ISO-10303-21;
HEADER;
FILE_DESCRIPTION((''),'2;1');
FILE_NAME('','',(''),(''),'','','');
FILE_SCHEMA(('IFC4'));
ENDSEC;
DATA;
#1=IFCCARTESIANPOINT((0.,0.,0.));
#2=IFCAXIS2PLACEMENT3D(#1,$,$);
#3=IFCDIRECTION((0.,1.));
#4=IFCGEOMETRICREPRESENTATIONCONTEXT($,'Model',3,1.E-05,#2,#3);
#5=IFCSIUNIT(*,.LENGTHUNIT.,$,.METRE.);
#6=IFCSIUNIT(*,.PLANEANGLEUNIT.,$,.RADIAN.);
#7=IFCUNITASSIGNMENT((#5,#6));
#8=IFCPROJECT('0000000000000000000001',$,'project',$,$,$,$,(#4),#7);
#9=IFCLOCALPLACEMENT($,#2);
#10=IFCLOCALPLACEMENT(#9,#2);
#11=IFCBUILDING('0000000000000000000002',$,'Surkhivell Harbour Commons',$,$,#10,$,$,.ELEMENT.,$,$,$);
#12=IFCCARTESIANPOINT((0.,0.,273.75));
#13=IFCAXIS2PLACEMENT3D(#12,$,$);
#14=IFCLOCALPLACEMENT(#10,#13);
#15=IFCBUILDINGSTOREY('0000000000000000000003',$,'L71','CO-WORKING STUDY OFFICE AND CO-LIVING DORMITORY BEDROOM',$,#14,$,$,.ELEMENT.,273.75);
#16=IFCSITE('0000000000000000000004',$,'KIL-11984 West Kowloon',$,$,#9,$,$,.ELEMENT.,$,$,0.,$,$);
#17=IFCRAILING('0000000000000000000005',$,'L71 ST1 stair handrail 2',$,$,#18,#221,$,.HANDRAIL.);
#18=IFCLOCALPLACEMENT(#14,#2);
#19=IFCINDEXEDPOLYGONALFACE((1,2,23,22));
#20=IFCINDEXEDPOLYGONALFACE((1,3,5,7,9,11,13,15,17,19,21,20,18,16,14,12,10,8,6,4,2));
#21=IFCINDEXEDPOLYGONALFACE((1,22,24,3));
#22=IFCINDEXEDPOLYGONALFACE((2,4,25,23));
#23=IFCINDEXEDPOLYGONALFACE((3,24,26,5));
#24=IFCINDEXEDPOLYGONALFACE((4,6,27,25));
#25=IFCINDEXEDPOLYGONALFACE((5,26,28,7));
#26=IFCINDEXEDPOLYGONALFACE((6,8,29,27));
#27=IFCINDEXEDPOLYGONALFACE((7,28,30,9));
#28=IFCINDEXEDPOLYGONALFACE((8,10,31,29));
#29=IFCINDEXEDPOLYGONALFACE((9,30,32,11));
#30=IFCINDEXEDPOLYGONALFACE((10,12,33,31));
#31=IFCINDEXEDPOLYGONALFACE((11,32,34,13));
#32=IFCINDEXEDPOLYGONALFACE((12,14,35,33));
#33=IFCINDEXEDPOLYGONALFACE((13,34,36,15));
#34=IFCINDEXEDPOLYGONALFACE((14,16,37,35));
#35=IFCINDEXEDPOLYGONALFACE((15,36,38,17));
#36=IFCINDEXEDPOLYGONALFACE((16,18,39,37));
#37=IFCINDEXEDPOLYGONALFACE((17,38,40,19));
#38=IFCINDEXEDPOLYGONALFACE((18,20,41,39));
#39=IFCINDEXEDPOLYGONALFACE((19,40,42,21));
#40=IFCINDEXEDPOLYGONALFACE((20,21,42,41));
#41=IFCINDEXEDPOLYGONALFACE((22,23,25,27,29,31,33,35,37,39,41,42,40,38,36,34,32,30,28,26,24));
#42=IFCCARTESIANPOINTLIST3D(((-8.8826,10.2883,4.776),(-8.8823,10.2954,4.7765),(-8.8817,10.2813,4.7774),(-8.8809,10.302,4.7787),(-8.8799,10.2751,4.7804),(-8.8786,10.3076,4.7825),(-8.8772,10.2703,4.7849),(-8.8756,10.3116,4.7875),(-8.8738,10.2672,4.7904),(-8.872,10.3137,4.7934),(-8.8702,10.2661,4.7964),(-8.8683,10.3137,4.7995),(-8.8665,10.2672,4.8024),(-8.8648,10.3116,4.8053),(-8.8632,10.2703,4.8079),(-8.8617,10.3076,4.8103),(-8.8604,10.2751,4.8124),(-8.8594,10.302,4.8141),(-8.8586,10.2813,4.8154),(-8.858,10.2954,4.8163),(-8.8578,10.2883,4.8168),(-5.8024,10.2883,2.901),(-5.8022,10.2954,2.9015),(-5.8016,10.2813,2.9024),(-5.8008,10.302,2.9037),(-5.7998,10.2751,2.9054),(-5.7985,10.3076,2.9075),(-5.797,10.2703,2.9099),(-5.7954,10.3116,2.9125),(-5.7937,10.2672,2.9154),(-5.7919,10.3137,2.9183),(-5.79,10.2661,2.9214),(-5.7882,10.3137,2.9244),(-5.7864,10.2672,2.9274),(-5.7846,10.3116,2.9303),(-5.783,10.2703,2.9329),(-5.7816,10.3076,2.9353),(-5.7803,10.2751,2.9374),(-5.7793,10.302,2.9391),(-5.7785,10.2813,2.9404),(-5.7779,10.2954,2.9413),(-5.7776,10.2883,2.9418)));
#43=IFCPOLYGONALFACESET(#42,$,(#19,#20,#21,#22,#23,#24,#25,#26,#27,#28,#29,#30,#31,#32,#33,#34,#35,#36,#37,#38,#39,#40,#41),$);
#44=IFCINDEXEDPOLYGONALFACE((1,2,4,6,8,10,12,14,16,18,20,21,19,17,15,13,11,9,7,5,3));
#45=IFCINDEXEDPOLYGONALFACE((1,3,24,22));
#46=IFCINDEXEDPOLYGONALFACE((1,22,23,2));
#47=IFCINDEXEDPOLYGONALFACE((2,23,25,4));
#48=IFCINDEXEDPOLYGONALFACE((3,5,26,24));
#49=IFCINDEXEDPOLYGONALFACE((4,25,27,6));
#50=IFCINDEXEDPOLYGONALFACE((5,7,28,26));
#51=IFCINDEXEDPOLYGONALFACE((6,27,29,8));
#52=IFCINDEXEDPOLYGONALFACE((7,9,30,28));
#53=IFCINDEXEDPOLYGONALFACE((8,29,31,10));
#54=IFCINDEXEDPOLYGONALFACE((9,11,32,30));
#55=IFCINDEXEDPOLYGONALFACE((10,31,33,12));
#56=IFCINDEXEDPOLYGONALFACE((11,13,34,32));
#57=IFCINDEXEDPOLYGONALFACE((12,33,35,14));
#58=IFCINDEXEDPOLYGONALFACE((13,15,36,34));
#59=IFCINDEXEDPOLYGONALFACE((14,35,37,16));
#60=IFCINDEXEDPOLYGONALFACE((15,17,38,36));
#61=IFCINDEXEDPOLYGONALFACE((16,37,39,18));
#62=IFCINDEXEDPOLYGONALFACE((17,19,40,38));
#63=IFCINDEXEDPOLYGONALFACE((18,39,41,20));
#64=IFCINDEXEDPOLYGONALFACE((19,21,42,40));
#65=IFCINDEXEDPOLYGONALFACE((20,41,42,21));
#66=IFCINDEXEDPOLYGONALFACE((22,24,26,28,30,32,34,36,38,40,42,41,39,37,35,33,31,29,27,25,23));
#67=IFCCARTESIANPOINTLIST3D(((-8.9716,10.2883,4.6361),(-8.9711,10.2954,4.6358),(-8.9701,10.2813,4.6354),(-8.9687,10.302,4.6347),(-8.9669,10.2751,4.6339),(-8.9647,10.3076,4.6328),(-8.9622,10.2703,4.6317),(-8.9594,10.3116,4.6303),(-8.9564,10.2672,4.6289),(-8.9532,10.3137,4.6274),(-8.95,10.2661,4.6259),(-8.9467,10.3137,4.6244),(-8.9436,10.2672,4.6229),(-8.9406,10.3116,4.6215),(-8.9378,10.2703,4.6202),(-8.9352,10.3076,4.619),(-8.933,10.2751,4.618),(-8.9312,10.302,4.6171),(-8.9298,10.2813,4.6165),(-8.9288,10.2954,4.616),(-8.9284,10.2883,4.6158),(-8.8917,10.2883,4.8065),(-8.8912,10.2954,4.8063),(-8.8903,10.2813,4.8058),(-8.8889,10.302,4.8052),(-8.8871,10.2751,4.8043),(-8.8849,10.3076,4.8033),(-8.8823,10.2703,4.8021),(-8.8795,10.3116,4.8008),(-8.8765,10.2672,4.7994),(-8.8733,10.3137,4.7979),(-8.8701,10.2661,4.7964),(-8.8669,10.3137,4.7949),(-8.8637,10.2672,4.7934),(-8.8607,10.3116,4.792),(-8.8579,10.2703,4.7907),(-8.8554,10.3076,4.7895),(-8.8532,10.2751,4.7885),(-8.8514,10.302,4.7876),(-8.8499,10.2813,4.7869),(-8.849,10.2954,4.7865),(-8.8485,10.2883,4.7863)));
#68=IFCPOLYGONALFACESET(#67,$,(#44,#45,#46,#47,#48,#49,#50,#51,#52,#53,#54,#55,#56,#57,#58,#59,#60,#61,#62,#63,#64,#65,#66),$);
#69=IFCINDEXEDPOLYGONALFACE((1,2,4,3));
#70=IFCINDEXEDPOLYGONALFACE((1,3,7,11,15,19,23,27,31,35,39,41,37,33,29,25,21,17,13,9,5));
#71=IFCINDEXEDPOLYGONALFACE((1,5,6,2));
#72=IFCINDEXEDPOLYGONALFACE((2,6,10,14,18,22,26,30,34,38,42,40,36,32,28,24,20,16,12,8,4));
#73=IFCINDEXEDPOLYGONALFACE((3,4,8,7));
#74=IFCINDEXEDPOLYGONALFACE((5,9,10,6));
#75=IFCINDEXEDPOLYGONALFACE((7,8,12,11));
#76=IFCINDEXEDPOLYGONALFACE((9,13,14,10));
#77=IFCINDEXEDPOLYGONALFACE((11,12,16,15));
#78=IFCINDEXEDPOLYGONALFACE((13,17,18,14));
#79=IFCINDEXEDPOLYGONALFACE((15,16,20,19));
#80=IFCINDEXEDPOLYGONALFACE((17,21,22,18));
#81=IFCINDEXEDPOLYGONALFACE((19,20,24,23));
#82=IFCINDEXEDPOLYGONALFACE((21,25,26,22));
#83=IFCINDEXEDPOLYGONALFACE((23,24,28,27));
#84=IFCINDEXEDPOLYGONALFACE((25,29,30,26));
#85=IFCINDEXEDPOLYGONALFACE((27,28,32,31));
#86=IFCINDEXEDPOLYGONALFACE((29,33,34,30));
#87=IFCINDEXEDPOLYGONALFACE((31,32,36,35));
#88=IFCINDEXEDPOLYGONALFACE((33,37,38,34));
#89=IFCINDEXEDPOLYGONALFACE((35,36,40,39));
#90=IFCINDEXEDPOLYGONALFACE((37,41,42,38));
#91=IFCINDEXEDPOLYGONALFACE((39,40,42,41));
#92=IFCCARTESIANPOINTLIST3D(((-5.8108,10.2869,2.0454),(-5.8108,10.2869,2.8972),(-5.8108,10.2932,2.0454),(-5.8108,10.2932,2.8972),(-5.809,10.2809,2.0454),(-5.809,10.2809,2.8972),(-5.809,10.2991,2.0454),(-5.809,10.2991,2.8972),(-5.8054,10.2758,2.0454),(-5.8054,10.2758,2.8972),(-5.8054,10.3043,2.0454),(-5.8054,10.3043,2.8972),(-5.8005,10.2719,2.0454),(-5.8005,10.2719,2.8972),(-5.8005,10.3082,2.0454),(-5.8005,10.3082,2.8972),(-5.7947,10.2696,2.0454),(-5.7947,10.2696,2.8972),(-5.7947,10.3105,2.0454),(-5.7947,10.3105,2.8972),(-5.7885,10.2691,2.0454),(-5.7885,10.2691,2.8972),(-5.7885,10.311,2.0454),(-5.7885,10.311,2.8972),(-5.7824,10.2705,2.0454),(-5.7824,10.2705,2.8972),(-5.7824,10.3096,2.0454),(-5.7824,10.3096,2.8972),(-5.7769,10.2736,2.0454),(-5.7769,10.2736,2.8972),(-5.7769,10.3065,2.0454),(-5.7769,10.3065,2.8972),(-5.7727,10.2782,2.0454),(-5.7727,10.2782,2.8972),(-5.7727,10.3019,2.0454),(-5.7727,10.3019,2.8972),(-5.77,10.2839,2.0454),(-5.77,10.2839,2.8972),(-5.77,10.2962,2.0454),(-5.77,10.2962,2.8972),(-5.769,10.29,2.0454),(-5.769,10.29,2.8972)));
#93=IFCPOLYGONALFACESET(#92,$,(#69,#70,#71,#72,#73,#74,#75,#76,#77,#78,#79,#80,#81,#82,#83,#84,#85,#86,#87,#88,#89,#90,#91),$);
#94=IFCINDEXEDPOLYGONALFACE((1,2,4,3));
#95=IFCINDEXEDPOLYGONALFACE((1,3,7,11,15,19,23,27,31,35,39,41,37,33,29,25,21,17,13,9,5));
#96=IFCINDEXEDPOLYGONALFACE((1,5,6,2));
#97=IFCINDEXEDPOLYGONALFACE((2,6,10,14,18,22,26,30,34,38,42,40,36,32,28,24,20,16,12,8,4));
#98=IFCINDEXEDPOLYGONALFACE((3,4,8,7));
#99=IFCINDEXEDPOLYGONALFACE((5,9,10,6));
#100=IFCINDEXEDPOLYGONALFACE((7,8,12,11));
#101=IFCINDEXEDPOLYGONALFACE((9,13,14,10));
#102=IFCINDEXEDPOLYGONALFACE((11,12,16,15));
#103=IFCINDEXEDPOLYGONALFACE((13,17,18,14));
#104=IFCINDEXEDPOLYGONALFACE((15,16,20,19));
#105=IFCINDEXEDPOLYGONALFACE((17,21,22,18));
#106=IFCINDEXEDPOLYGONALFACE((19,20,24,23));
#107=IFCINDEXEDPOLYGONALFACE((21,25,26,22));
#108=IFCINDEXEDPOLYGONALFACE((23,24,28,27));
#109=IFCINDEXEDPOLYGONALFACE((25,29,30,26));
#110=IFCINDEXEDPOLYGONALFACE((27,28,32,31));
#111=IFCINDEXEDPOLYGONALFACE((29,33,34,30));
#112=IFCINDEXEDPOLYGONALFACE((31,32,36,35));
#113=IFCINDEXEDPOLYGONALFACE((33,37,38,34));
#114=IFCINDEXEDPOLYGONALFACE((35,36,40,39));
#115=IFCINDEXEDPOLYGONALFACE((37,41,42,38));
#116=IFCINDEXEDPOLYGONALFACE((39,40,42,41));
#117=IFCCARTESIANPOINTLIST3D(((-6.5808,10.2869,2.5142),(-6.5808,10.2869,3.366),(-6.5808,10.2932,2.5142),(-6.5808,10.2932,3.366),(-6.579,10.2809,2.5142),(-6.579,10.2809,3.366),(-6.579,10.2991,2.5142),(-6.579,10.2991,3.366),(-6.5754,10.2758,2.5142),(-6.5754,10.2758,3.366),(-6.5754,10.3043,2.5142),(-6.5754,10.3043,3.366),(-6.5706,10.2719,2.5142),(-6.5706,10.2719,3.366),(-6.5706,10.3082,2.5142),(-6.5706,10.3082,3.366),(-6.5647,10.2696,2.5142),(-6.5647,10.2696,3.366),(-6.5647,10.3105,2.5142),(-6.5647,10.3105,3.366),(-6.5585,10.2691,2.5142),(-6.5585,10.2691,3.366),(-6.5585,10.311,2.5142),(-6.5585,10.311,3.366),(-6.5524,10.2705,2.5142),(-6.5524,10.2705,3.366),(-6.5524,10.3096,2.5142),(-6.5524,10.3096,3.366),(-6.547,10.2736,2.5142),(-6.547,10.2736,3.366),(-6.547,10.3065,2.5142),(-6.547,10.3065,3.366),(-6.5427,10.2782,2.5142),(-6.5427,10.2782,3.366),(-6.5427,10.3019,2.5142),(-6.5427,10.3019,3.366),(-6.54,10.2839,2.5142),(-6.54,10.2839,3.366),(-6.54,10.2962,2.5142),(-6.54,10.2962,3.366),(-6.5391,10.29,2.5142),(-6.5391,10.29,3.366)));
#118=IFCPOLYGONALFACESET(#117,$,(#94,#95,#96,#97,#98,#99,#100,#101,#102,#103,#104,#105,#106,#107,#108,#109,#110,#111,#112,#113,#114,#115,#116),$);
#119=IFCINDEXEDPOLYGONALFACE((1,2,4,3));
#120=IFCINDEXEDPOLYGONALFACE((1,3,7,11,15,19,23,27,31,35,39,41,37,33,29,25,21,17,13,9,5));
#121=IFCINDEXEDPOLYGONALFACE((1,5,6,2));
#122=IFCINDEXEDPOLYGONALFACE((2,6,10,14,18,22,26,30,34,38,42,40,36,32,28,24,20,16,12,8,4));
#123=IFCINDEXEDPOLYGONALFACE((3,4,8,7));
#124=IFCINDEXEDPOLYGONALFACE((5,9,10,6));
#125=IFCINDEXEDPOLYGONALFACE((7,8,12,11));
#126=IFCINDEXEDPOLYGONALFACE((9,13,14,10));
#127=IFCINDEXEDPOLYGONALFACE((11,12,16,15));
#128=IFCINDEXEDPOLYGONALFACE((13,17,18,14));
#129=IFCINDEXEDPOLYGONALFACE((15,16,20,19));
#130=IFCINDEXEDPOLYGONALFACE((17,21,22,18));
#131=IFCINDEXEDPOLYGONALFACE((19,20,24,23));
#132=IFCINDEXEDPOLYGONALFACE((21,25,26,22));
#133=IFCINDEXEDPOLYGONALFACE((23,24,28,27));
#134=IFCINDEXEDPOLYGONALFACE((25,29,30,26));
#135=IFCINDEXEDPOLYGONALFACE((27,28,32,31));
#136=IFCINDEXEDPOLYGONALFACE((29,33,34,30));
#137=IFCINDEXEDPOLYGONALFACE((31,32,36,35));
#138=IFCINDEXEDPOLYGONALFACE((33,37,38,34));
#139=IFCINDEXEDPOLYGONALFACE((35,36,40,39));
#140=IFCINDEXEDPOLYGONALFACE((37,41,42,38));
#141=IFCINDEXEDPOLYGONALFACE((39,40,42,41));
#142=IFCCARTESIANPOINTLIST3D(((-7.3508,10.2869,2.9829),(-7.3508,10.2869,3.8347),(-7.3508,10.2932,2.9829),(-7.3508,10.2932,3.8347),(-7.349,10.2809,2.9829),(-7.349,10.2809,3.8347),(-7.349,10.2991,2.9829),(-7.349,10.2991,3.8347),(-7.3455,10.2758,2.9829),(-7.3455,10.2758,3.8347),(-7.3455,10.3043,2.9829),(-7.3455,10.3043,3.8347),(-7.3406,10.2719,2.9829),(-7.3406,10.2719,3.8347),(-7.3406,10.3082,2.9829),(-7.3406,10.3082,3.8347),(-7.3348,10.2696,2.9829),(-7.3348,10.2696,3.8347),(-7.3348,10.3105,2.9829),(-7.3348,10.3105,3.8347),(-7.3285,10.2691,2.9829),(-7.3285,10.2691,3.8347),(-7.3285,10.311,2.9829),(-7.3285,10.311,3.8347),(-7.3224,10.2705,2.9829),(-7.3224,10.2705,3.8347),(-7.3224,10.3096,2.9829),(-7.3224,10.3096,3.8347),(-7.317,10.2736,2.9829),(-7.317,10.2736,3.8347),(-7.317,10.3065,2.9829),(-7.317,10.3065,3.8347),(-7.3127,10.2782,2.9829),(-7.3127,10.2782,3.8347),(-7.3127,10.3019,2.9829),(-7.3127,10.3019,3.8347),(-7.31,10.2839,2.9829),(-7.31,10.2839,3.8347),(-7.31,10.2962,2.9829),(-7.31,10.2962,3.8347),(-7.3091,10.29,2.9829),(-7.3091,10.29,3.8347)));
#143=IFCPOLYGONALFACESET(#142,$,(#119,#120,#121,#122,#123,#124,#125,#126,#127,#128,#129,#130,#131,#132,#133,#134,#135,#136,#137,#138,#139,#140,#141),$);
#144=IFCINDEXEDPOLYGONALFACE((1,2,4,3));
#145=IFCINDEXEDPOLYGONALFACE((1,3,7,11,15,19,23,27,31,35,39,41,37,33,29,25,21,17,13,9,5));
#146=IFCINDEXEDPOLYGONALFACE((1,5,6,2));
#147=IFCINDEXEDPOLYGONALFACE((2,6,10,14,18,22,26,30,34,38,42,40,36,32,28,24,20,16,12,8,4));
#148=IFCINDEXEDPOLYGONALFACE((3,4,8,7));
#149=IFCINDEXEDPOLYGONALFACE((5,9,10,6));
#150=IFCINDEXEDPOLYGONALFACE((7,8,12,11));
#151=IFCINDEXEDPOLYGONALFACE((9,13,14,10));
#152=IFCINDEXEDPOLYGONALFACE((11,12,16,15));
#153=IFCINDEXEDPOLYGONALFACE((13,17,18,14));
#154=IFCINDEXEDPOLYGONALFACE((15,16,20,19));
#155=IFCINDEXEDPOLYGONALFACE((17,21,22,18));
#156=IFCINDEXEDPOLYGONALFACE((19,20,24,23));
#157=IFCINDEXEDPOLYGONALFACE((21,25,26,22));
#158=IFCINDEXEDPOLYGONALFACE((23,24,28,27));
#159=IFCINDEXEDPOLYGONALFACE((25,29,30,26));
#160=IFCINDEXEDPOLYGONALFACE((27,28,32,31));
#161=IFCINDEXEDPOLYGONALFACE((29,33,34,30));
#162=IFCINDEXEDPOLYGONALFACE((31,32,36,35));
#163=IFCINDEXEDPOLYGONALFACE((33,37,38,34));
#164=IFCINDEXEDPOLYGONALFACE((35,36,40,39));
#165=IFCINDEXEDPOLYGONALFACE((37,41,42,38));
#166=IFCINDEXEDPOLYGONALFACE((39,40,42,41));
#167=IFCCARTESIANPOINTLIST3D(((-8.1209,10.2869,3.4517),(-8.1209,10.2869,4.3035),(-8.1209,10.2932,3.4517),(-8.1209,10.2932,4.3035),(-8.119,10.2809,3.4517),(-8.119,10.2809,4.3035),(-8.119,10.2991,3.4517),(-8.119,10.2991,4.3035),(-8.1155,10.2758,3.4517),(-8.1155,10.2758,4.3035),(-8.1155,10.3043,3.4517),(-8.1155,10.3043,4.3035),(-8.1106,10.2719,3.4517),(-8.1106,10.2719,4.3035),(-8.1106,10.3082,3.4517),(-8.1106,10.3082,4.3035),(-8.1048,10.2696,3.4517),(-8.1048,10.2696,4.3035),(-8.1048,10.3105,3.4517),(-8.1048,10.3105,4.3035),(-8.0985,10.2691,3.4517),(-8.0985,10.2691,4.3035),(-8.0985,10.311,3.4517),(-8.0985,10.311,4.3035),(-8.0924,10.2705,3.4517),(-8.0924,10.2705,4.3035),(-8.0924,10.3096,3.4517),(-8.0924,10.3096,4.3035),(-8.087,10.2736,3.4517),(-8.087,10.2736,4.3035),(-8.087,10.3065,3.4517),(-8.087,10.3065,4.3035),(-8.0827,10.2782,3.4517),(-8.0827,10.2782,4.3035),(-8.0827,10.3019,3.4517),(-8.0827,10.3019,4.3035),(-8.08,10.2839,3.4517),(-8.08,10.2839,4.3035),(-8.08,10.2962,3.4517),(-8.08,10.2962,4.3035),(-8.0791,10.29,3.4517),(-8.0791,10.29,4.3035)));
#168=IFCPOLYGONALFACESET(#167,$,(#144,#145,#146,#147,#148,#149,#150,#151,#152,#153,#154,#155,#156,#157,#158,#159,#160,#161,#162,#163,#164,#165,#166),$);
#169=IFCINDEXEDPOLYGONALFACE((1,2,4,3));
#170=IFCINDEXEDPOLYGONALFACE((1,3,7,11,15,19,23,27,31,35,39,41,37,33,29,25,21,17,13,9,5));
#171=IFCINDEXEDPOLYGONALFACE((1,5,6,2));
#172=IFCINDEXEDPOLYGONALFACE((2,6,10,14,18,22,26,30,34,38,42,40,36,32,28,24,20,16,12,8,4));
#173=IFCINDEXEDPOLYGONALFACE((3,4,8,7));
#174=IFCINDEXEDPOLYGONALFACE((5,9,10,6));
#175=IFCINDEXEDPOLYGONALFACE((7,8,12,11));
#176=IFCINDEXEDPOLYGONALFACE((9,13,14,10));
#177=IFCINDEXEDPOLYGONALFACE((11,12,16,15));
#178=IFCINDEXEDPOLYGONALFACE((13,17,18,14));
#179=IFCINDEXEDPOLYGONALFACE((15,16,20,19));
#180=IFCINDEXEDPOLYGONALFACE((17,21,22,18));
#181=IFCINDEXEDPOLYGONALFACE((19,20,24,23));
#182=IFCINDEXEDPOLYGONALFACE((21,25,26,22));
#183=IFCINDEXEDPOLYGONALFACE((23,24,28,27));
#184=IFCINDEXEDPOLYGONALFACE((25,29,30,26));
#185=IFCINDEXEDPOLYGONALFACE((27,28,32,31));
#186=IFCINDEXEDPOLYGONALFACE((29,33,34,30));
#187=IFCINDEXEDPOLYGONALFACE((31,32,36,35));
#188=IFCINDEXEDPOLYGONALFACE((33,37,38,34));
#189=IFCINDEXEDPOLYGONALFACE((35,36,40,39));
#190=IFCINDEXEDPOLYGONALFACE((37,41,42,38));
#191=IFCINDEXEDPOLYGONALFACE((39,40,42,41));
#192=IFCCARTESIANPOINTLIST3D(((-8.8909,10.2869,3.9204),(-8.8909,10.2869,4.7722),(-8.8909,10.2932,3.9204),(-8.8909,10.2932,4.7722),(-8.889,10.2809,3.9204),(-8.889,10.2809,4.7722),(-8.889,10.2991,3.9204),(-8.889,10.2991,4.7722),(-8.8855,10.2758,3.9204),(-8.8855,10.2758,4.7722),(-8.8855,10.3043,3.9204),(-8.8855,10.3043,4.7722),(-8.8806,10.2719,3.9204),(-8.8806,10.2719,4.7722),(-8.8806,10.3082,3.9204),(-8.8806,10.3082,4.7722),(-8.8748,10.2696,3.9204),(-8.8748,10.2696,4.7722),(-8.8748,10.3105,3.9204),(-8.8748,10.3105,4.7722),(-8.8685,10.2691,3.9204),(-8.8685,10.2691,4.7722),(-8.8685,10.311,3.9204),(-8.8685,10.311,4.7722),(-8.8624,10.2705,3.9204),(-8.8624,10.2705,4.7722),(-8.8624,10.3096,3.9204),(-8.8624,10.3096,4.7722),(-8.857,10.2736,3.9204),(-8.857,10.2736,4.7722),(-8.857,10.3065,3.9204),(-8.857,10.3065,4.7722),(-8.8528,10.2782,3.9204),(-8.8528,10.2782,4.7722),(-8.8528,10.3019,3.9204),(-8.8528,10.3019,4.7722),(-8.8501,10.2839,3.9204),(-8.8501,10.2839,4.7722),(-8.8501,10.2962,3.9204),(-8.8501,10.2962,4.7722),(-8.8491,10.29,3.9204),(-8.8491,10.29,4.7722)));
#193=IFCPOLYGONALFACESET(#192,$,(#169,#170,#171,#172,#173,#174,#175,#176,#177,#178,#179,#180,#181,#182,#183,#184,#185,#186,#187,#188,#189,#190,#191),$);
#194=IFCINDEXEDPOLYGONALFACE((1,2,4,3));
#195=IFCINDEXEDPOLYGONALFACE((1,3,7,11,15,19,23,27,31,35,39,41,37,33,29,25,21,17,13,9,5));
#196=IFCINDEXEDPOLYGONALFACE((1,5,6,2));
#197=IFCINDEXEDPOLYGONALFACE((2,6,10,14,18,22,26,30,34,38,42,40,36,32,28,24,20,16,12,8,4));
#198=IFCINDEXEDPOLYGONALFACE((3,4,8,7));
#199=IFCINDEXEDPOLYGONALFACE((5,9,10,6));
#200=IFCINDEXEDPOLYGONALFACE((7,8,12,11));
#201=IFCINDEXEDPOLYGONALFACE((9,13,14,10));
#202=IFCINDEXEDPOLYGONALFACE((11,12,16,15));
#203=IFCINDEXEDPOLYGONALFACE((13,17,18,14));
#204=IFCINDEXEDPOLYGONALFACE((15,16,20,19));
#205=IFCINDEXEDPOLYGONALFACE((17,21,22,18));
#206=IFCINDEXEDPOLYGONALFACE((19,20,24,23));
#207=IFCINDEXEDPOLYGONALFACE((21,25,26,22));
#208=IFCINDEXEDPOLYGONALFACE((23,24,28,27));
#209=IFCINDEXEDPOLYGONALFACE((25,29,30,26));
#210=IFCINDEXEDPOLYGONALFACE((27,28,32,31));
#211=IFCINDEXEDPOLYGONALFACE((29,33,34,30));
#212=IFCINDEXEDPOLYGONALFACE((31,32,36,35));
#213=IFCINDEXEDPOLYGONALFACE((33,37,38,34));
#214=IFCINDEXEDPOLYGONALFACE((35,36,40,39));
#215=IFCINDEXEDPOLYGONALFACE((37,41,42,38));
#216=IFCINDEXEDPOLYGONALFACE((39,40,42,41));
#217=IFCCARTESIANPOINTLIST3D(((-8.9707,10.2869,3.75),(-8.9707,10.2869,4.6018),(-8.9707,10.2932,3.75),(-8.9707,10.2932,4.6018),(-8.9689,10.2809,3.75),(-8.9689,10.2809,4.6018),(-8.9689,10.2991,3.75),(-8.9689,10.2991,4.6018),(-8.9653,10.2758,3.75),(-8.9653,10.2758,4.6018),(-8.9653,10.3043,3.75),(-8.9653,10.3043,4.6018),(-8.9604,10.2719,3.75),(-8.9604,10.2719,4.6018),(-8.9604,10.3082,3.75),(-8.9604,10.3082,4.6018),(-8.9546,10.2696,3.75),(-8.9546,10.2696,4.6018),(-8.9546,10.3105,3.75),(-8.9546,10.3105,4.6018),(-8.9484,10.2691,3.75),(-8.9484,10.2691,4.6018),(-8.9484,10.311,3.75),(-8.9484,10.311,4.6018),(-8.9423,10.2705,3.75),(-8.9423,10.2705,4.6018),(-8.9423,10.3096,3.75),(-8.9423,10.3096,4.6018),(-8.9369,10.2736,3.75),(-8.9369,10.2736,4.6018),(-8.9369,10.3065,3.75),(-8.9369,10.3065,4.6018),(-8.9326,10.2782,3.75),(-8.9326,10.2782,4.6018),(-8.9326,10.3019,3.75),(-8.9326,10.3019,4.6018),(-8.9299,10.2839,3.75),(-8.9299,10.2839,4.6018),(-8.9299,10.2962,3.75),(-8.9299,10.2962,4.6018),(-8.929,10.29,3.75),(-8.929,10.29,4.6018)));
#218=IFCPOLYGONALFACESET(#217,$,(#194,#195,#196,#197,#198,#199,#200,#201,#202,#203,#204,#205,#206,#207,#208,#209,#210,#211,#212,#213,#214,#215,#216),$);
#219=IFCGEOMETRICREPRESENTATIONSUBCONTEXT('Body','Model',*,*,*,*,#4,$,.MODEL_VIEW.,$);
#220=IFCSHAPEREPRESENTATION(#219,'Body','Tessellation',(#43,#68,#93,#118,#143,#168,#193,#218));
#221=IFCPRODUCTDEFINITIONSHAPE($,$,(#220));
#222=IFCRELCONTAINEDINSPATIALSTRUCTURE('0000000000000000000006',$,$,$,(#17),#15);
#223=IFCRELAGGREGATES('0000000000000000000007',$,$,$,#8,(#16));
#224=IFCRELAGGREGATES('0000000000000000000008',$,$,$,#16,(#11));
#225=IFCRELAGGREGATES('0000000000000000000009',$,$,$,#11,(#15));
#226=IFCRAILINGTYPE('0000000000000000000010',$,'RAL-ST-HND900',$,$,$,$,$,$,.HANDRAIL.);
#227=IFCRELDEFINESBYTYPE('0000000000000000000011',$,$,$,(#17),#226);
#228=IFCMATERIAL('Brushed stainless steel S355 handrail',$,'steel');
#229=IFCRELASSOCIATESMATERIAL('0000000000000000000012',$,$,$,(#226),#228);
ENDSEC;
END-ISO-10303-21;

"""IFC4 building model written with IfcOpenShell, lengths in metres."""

from ifc_helpers import new_model, si_unit, direction, frame, origin, origin_2d, place, context, subcontext, project, spatial, circle, extrude, material, type_object, element, save


model = new_model("IFC4")

# Units and contexts
model_context = context("Model", 3, precision=1e-05, world=origin(), true_north=direction((0.0, 1.0)))
body_context = subcontext(model_context, "Body", "Model", "MODEL_VIEW")
ifc_project = project(units=[si_unit("LENGTHUNIT", "METRE"), si_unit("PLANEANGLEUNIT", "RADIAN")], contexts=[model_context])

# Site, building, storey
site_placement = place(None, origin())
site = spatial("IfcSite", under=ifc_project, at=site_placement, Name="KIL-11984 West Kowloon", CompositionType="ELEMENT", RefElevation=0.0)
building_placement = place(site_placement, origin())
building = spatial("IfcBuilding", under=site, at=building_placement, Name="Surkhivell Harbour Commons", CompositionType="ELEMENT")
storey_placement = place(building_placement, frame((0.0, 0.0, 273.75)))
storey = spatial("IfcBuildingStorey", under=building, at=storey_placement, Name="L71", Description="CO-WORKING STUDY OFFICE AND CO-LIVING DORMITORY BEDROOM", CompositionType="ELEMENT", Elevation=273.75)

# Railing
ifc_material_1 = material(Name="Brushed stainless steel S355 handrail", Category="steel")
railing_type_1 = type_object("IfcRailingType", Name="RAL-ST-HND900", PredefinedType="HANDRAIL", material=ifc_material_1)
railing_1_placement = place(storey_placement, frame((-5.79, 10.29, 2.0454)))
element("IfcRailing", 1, at=railing_1_placement, inside=storey, type_object=railing_type_1, Name="L71 ST1 stair handrail 2", PredefinedType="HANDRAIL", context=body_context, shape_type="SweptSolid", body=[
    extrude(circle(Radius=0.0239, at=origin_2d()), frame((0.0, 0.0, 0.876), z_axis=(-0.854178, 0.0, 0.519981), x_axis=(0.0, -1.0, 0.0)), (0.0, 0.0, 1.0), 3.606),
    extrude(circle(Radius=0.0239, at=origin_2d()), frame((-3.0801, 0.0, 2.751), z_axis=(-0.424234, 0.0, -0.905552), x_axis=(0.0, -1.0, 0.0)), (0.0, 0.0, 1.0), 0.1882),
    extrude(circle(Radius=0.021, at=origin_2d()), origin(), (0.0, 0.0, 1.0), 0.8518),
    extrude(circle(Radius=0.021, at=origin_2d()), frame((-0.77, 0.0, 0.4688)), (0.0, 0.0, 1.0), 0.8518),
    extrude(circle(Radius=0.021, at=origin_2d()), frame((-1.54, 0.0, 0.9375)), (0.0, 0.0, 1.0), 0.8518),
    extrude(circle(Radius=0.021, at=origin_2d()), frame((-2.3101, 0.0, 1.4062)), (0.0, 0.0, 1.0), 0.8518),
    extrude(circle(Radius=0.021, at=origin_2d()), frame((-3.0801, 0.0, 1.875)), (0.0, 0.0, 1.0), 0.8518),
    extrude(circle(Radius=0.021, at=origin_2d()), frame((-3.1599, 0.0, 1.7046)), (0.0, 0.0, 1.0), 0.8518),
])

save(model, "model.ifc")
